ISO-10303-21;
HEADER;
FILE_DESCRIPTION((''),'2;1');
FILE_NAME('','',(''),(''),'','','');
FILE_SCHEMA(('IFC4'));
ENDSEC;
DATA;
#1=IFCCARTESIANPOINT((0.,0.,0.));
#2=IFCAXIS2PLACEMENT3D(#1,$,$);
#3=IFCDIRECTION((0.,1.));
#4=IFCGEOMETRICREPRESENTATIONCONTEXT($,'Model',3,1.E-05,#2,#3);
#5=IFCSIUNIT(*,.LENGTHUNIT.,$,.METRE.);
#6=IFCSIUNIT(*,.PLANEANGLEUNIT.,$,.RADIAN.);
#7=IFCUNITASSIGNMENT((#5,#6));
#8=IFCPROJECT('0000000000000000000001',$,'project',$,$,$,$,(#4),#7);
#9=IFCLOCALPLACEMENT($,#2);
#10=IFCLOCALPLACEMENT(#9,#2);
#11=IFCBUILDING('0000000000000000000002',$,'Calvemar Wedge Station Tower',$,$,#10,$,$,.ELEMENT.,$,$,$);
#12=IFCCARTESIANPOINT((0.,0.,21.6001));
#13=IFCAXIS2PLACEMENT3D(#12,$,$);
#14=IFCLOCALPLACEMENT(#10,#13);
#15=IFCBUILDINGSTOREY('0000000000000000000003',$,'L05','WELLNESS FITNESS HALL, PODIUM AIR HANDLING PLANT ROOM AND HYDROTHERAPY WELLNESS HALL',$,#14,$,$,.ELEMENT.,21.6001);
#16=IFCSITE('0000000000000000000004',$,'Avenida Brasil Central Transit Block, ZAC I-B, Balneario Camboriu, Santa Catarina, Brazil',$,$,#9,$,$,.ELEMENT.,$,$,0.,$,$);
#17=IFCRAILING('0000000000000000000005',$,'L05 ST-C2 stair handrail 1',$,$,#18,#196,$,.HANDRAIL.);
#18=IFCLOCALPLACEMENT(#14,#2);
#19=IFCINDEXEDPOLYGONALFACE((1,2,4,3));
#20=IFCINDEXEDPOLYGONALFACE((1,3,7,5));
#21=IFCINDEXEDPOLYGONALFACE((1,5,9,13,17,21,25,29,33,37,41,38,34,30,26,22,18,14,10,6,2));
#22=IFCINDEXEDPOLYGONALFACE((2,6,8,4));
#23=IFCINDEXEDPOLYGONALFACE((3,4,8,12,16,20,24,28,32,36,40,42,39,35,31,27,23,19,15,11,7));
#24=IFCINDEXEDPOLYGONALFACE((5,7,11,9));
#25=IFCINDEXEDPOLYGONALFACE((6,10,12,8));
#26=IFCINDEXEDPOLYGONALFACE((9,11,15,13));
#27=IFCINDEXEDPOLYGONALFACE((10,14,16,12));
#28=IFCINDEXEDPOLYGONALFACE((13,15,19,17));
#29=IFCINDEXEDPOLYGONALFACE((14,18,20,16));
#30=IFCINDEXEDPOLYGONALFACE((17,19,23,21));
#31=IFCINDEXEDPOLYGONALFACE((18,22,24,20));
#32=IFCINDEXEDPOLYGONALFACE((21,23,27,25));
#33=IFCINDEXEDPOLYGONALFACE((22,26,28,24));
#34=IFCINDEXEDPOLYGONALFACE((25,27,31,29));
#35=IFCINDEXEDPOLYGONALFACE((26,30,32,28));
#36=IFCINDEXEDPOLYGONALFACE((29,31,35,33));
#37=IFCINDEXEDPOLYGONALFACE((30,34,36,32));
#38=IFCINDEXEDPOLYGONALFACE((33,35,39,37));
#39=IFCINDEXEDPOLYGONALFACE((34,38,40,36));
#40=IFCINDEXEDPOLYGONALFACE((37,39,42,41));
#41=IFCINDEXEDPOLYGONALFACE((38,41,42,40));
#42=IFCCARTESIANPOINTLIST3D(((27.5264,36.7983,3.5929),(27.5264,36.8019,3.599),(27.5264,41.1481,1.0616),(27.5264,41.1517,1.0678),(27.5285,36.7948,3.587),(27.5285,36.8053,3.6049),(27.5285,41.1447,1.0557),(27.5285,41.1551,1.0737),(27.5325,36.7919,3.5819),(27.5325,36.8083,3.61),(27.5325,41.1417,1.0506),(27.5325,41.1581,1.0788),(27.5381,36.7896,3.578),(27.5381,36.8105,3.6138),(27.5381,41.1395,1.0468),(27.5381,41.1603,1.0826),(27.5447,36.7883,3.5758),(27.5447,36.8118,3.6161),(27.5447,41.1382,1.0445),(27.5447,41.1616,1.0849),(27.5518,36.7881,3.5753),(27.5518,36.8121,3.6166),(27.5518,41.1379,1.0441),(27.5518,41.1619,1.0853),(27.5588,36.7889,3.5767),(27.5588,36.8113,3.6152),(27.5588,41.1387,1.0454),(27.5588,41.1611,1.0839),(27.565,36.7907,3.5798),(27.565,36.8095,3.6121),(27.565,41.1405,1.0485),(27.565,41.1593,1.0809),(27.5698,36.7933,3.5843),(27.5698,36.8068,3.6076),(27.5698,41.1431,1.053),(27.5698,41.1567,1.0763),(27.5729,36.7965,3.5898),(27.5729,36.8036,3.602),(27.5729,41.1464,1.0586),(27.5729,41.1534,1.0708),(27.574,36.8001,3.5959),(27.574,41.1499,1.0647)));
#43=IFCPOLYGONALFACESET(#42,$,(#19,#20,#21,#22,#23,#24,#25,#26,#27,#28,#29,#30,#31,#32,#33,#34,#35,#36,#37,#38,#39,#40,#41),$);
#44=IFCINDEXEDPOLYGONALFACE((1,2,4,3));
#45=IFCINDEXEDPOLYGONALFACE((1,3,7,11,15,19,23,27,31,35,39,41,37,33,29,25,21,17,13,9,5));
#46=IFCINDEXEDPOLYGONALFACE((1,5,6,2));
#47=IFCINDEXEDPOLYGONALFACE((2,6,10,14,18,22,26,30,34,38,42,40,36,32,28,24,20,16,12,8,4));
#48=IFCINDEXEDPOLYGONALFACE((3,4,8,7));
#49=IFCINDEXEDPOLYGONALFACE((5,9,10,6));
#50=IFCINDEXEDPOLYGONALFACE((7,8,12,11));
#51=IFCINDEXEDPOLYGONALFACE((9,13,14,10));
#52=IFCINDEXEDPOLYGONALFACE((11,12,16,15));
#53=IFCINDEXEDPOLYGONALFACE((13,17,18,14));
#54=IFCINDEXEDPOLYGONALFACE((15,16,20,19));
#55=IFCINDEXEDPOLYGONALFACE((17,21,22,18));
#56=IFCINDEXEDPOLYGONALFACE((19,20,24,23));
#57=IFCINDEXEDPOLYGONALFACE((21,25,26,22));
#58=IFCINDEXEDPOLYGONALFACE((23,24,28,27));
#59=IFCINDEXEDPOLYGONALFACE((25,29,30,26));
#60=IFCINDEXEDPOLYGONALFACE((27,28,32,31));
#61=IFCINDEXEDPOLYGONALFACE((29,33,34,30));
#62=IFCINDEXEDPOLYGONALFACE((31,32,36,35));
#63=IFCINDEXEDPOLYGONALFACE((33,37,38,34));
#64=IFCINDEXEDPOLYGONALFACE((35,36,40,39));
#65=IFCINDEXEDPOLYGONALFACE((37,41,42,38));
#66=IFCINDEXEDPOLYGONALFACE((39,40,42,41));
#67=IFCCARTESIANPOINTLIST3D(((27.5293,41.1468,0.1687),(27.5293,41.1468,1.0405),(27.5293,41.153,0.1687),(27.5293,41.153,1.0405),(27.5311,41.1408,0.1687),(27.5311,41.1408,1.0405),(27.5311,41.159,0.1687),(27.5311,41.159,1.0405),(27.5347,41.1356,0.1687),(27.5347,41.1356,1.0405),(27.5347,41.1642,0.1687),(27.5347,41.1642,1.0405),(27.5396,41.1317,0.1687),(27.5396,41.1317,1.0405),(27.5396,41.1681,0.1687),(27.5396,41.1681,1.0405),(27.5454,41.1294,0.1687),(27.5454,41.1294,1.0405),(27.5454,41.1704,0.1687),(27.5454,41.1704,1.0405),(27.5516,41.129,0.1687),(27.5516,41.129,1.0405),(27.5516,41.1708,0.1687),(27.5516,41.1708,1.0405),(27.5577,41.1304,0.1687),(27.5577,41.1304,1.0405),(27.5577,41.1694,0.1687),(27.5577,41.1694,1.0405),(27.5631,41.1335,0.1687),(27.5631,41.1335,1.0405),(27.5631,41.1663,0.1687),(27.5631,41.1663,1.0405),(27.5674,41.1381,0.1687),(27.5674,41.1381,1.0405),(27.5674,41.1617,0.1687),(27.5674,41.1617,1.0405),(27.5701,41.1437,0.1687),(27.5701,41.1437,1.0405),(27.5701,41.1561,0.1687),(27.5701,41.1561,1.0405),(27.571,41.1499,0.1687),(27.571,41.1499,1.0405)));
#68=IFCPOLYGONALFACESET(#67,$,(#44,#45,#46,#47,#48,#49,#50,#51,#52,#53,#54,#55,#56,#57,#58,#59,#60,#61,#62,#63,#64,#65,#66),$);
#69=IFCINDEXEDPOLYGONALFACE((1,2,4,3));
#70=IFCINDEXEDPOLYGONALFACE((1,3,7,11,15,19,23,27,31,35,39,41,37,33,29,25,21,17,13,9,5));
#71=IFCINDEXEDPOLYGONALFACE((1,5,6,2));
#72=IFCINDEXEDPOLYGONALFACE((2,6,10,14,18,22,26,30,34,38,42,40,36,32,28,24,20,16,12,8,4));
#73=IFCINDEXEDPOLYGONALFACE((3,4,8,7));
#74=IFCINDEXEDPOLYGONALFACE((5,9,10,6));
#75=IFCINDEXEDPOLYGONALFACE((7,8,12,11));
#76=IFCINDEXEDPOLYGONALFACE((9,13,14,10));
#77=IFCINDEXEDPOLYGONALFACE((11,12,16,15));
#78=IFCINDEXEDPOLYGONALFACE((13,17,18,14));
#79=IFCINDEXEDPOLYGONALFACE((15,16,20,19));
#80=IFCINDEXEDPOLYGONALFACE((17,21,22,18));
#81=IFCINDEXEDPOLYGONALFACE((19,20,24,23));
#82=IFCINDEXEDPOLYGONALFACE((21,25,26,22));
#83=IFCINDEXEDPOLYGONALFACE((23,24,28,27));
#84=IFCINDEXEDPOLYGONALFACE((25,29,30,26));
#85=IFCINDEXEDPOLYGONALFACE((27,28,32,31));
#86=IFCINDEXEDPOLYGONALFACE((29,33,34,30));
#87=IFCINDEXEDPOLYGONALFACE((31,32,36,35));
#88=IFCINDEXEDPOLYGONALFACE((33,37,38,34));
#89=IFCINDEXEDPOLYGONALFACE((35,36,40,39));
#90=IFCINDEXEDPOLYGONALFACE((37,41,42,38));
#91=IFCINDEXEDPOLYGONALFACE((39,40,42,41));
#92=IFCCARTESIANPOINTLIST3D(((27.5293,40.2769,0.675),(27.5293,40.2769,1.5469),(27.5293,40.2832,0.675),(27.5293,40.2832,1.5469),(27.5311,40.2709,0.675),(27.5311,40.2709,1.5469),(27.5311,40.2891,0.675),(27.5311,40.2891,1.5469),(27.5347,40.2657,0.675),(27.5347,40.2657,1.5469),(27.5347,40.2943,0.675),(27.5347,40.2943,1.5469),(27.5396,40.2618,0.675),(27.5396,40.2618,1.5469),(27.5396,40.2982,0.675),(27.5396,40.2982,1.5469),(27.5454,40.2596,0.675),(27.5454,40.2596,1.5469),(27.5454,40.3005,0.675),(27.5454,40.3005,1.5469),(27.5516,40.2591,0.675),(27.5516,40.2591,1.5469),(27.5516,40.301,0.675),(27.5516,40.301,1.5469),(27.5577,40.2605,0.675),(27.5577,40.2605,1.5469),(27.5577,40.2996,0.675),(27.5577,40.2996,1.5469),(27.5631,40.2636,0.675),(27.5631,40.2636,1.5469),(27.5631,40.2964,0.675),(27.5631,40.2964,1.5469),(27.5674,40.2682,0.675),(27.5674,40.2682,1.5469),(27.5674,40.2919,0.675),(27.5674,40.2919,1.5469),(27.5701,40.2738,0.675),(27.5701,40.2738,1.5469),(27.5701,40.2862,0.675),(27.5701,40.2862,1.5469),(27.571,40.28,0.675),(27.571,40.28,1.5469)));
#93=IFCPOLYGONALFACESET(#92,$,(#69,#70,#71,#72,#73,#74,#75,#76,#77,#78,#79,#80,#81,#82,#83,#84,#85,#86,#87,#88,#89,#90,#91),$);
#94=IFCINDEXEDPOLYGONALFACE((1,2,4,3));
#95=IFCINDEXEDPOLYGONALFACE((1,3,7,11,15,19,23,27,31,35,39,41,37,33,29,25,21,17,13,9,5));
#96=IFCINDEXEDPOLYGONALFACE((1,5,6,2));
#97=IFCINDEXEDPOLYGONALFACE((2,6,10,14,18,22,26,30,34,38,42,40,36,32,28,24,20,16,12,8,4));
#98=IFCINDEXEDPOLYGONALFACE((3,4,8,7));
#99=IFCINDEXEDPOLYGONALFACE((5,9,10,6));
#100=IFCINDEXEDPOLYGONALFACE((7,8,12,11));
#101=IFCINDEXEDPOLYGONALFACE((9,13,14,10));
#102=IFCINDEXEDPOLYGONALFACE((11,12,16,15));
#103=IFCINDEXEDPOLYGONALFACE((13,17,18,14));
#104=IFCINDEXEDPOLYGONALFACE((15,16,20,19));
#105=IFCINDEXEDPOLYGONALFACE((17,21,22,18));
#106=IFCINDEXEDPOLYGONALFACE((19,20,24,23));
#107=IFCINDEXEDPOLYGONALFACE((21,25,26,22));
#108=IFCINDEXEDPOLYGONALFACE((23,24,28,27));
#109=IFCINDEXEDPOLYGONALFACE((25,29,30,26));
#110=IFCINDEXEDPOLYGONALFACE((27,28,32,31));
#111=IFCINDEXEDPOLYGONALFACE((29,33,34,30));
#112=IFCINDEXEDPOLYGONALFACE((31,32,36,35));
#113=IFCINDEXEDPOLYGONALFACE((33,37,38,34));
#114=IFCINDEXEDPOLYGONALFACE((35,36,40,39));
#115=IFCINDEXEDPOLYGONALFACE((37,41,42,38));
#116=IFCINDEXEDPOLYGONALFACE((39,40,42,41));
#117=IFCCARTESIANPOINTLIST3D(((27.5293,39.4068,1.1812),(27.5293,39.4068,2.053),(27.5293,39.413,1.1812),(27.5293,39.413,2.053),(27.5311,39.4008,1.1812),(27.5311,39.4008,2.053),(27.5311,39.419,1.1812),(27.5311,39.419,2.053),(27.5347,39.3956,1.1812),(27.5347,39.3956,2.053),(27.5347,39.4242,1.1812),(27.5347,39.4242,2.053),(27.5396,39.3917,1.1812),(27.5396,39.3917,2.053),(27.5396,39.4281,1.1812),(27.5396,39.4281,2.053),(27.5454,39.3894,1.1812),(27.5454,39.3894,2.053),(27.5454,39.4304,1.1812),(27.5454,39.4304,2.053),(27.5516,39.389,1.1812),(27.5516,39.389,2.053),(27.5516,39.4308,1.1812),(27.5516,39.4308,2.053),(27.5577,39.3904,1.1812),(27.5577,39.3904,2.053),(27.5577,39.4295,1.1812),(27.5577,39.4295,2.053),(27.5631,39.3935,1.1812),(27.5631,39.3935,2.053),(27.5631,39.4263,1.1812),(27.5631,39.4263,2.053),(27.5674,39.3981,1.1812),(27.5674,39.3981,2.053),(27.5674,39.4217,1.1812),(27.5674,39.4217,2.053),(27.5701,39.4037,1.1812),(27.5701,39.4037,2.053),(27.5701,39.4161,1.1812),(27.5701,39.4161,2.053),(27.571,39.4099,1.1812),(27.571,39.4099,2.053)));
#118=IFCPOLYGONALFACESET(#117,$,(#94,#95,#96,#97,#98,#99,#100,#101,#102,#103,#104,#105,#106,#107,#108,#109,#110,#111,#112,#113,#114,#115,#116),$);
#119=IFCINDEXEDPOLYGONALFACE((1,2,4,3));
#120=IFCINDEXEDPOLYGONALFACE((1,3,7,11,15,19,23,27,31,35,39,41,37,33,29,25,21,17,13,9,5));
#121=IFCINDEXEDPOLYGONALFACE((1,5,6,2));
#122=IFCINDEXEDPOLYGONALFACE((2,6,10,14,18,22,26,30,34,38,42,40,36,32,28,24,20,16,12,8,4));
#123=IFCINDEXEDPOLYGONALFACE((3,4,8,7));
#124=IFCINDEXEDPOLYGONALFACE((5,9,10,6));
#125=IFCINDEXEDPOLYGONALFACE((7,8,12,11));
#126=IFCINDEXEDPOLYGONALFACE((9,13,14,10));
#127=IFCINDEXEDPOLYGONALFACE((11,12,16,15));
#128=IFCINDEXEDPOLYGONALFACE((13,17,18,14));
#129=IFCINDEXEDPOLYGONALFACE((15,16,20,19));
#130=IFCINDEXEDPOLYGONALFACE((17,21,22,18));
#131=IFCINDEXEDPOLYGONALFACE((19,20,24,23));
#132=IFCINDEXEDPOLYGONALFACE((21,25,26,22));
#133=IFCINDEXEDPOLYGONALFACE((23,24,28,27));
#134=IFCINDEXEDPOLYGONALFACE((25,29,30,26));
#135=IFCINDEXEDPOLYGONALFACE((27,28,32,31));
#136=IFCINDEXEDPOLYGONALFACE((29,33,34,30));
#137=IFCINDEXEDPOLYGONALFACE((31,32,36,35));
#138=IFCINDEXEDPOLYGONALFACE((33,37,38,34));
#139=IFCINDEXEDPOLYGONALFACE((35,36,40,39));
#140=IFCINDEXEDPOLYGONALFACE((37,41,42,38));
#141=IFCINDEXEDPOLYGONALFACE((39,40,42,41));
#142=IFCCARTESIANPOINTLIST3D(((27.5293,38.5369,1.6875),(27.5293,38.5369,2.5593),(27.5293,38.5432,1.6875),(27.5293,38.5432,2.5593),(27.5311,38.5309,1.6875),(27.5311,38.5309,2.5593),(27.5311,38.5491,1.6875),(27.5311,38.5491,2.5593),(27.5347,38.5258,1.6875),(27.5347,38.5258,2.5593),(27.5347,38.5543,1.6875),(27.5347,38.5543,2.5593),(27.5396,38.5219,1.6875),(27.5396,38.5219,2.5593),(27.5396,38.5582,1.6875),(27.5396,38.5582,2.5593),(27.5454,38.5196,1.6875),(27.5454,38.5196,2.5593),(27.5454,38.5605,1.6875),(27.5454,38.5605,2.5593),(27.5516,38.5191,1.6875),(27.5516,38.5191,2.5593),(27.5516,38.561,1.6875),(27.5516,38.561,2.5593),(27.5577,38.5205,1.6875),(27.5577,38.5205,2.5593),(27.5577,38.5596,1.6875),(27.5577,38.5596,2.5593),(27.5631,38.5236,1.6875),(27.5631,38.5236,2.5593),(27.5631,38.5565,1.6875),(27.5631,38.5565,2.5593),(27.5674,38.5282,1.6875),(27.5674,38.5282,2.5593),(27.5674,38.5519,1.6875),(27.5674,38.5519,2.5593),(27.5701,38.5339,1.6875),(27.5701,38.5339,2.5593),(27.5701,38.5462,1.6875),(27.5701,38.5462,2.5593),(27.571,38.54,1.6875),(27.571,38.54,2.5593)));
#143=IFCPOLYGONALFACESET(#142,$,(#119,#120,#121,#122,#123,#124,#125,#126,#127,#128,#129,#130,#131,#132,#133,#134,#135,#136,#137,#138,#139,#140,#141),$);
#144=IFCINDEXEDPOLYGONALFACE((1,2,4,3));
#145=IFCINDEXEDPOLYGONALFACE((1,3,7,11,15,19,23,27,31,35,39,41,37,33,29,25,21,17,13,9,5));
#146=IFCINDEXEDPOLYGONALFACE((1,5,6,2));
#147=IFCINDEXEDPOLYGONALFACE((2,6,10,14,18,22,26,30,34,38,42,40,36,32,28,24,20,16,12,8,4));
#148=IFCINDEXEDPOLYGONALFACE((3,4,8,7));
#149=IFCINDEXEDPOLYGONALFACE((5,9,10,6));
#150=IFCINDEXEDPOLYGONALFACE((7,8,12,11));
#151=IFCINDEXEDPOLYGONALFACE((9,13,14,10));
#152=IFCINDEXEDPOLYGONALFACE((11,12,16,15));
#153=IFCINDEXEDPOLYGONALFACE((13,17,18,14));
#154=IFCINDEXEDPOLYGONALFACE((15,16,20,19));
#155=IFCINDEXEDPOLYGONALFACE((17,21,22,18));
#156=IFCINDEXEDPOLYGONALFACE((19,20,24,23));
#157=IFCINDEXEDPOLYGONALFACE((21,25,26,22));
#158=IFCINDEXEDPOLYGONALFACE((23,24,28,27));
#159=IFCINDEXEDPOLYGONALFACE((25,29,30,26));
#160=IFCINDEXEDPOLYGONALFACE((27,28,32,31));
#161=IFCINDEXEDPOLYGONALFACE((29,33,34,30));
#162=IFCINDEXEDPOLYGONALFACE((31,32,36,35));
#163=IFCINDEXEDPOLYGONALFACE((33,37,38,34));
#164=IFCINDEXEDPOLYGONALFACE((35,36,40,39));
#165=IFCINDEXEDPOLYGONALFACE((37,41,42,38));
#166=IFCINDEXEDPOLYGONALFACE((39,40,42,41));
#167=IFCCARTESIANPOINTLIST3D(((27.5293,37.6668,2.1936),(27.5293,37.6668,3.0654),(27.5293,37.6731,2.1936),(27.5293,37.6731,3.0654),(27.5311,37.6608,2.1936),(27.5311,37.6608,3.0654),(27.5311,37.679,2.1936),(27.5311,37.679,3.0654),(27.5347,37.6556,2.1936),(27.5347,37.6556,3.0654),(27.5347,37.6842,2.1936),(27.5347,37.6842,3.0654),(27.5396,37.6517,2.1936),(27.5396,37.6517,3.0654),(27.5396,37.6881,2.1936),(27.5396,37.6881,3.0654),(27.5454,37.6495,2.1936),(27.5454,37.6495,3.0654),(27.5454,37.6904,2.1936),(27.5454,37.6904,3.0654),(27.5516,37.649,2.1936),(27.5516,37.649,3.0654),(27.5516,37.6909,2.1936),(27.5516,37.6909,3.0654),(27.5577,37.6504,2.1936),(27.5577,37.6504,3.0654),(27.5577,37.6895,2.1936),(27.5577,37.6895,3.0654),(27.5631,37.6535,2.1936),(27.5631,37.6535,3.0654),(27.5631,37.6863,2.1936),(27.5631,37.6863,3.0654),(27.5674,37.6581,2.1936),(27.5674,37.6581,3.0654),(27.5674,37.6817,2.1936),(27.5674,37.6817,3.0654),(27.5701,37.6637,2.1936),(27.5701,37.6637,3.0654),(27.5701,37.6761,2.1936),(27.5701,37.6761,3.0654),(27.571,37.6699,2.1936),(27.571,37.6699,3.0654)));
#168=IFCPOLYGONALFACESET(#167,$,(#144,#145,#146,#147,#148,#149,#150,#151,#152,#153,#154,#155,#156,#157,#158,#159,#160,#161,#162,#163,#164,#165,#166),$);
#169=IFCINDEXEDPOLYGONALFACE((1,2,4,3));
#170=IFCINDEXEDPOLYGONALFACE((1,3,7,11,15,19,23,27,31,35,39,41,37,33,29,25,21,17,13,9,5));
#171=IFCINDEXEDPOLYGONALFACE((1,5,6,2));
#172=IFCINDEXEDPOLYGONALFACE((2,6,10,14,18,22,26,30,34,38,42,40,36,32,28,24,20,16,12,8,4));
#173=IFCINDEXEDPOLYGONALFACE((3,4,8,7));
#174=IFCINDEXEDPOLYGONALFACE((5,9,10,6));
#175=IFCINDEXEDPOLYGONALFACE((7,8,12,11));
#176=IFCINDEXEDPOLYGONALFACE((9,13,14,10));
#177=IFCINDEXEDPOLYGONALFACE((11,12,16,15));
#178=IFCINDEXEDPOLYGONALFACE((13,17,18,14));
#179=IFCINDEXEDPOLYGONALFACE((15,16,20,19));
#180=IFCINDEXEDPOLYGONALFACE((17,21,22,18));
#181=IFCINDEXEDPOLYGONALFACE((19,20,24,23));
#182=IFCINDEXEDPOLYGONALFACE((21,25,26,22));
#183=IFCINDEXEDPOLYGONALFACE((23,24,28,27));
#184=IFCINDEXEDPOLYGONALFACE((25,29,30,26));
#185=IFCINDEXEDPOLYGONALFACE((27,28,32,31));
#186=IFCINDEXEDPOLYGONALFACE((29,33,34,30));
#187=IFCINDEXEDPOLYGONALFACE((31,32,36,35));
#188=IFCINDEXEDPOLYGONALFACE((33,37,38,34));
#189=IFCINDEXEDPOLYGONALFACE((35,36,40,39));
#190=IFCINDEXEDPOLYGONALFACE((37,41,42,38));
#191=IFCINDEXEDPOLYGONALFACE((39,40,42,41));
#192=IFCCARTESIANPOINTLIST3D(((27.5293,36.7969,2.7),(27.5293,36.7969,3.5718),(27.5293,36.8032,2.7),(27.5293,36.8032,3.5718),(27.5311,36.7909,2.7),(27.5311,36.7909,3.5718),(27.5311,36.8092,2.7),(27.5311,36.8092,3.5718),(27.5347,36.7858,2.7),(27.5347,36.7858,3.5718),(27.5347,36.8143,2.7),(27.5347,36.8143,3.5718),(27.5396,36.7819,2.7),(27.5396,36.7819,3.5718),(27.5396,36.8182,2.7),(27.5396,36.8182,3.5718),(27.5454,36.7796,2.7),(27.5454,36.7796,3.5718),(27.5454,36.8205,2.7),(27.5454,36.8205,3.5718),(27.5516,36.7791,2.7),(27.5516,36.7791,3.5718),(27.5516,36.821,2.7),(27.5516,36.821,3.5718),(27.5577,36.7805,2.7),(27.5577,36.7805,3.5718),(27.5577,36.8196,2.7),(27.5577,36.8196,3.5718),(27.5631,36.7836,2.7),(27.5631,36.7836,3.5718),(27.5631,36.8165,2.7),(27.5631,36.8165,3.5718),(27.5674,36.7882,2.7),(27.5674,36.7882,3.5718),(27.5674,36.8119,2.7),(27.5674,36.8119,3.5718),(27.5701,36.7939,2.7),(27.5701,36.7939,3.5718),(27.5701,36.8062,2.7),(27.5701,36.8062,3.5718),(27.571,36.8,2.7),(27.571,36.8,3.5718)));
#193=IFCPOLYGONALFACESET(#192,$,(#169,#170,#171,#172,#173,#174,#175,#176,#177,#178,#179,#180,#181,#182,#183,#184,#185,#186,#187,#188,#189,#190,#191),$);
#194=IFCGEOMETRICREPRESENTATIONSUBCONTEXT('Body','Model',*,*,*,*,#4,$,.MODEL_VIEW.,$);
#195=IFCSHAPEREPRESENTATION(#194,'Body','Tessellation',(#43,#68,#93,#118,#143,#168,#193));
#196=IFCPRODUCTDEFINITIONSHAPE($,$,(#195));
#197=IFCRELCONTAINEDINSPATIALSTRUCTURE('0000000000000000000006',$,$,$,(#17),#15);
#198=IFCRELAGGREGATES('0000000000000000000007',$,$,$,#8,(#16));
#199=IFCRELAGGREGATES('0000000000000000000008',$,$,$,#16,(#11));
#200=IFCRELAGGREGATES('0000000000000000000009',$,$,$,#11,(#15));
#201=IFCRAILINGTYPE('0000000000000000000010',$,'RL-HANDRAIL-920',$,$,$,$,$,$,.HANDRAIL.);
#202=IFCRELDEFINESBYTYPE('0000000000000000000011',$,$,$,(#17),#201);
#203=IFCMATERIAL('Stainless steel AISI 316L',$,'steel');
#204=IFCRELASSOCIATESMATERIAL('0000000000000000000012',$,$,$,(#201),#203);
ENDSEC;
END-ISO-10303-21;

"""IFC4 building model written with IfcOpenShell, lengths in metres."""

from ifc_helpers import new_model, si_unit, direction, frame, origin, origin_2d, place, context, subcontext, project, spatial, circle, extrude, material, type_object, element, save


model = new_model("IFC4")

# Units and contexts
model_context = context("Model", 3, precision=1e-05, world=origin(), true_north=direction((0.0, 1.0)))
body_context = subcontext(model_context, "Body", "Model", "MODEL_VIEW")
ifc_project = project(units=[si_unit("LENGTHUNIT", "METRE"), si_unit("PLANEANGLEUNIT", "RADIAN")], contexts=[model_context])

# Site, building, storey
site_placement = place(None, origin())
site = spatial("IfcSite", under=ifc_project, at=site_placement, Name="Avenida Brasil Central Transit Block, ZAC I-B, Balneario Camboriu, Santa Catarina, Brazil", CompositionType="ELEMENT", RefElevation=0.0)
building_placement = place(site_placement, origin())
building = spatial("IfcBuilding", under=site, at=building_placement, Name="Calvemar Wedge Station Tower", CompositionType="ELEMENT")
storey_placement = place(building_placement, frame((0.0, 0.0, 21.6001)))
storey = spatial("IfcBuildingStorey", under=building, at=storey_placement, Name="L05", Description="WELLNESS FITNESS HALL, PODIUM AIR HANDLING PLANT ROOM AND HYDROTHERAPY WELLNESS HALL", CompositionType="ELEMENT", Elevation=21.6001)

# Railing
ifc_material_1 = material(Name="Stainless steel AISI 316L", Category="steel")
railing_type_1 = type_object("IfcRailingType", Name="RL-HANDRAIL-920", PredefinedType="HANDRAIL", material=ifc_material_1)
railing_1_placement = place(storey_placement, frame((27.55, 41.1499, 0.1687)))
element("IfcRailing", 1, at=railing_1_placement, inside=storey, type_object=railing_type_1, Name="L05 ST-C2 stair handrail 1", PredefinedType="HANDRAIL", context=body_context, shape_type="SweptSolid", body=[
    extrude(circle(Radius=0.0239, at=origin_2d()), frame((0.0, 0.0, 0.896), z_axis=(0.0, -0.864312, 0.502957), x_axis=(1.0, 0.0, 0.0)), (0.0, 0.0, 1.0), 5.0327),
    extrude(circle(Radius=0.021, at=origin_2d()), origin(), (0.0, 0.0, 1.0), 0.8718),
    extrude(circle(Radius=0.021, at=origin_2d()), frame((0.0, -0.8699, 0.5063)), (0.0, 0.0, 1.0), 0.8718),
    extrude(circle(Radius=0.021, at=origin_2d()), frame((0.0, -1.74, 1.0125)), (0.0, 0.0, 1.0), 0.8718),
    extrude(circle(Radius=0.021, at=origin_2d()), frame((0.0, -2.6099, 1.5188)), (0.0, 0.0, 1.0), 0.8718),
    extrude(circle(Radius=0.021, at=origin_2d()), frame((0.0, -3.48, 2.0249)), (0.0, 0.0, 1.0), 0.8718),
    extrude(circle(Radius=0.021, at=origin_2d()), frame((0.0, -4.3499, 2.5312)), (0.0, 0.0, 1.0), 0.8718),
])

save(model, "model.ifc")
